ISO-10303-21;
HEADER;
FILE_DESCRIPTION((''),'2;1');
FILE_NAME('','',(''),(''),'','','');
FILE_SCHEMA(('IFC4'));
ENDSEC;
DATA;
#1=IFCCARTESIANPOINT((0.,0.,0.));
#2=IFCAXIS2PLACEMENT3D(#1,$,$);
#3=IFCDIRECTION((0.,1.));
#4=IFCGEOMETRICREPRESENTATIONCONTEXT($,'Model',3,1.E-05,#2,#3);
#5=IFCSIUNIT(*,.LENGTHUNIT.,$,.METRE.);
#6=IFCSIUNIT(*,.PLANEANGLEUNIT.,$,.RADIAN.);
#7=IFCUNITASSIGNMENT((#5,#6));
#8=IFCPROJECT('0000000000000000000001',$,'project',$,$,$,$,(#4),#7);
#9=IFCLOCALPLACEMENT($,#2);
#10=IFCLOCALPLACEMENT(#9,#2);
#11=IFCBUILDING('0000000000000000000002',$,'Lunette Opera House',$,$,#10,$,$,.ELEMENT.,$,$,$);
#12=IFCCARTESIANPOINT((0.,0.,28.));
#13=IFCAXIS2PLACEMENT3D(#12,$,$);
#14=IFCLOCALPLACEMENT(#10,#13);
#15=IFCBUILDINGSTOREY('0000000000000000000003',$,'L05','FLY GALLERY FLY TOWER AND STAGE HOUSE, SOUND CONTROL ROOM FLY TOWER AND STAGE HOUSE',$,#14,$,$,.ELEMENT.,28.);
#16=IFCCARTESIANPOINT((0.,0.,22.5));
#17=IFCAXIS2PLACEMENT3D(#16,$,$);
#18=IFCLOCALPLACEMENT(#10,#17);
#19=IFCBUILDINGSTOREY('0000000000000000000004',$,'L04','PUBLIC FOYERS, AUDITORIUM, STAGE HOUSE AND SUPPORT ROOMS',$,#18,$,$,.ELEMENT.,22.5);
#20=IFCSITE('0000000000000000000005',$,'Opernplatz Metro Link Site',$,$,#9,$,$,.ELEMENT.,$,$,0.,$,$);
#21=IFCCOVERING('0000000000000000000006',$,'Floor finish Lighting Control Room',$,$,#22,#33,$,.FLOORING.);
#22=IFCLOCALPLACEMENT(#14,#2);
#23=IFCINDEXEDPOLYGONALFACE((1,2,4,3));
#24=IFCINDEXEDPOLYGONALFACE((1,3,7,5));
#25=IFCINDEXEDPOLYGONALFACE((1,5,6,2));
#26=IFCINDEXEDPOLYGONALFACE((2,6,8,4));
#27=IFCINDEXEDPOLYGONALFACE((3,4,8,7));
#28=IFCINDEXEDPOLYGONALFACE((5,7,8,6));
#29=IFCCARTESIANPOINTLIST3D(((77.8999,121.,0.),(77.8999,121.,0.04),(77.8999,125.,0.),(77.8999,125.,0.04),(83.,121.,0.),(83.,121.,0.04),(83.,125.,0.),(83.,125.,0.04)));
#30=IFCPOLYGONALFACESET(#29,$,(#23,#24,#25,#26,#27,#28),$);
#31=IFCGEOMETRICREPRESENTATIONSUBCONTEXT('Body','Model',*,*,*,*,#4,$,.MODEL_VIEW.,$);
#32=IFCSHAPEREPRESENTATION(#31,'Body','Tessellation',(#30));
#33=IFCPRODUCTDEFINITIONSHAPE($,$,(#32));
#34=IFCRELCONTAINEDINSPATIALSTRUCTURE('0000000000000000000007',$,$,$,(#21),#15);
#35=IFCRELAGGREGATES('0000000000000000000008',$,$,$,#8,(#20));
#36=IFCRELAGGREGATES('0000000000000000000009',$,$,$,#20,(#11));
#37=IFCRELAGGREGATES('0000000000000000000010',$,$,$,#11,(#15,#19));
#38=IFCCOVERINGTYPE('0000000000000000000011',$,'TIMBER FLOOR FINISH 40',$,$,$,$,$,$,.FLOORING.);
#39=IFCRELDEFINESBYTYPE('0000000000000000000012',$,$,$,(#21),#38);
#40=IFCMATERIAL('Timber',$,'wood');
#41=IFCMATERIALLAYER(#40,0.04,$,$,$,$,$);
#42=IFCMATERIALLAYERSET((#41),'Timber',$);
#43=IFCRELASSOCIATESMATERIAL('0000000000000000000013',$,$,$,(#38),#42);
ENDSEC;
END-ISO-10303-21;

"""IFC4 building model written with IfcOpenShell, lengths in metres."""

from ifc_helpers import new_model, si_unit, direction, frame, origin, place, context, subcontext, project, spatial, polyline, outline, extrude, material, layer, layer_set, type_object, element, save


model = new_model("IFC4")

# Units and contexts
model_context = context("Model", 3, precision=1e-05, world=origin(), true_north=direction((0.0, 1.0)))
body_context = subcontext(model_context, "Body", "Model", "MODEL_VIEW")
ifc_project = project(units=[si_unit("LENGTHUNIT", "METRE"), si_unit("PLANEANGLEUNIT", "RADIAN")], contexts=[model_context])

# Site, building, storey
site_placement = place(None, origin())
site = spatial("IfcSite", under=ifc_project, at=site_placement, Name="Opernplatz Metro Link Site", CompositionType="ELEMENT", RefElevation=0.0)
building_placement = place(site_placement, origin())
building = spatial("IfcBuilding", under=site, at=building_placement, Name="Lunette Opera House", CompositionType="ELEMENT")
storey_1_placement = place(building_placement, frame((0.0, 0.0, 28.0)))
storey_1 = spatial("IfcBuildingStorey", under=building, at=storey_1_placement, Name="L05", Description="FLY GALLERY FLY TOWER AND STAGE HOUSE, SOUND CONTROL ROOM FLY TOWER AND STAGE HOUSE", CompositionType="ELEMENT", Elevation=28.0)

# Shared definitions
storey_2_placement = place(building_placement, frame((0.0, 0.0, 22.5)))
storey_2 = spatial("IfcBuildingStorey", under=building, at=storey_2_placement, Name="L04", Description="PUBLIC FOYERS, AUDITORIUM, STAGE HOUSE AND SUPPORT ROOMS", CompositionType="ELEMENT", Elevation=22.5)

# Covering
ifc_material_1 = material(Name="Timber", Category="wood")
ifc_layer_1 = layer(ifc_material_1, 0.04)
ifc_layer_set_1 = layer_set([ifc_layer_1], Name="Timber")
covering_type_1 = type_object("IfcCoveringType", Name="TIMBER FLOOR FINISH 40", PredefinedType="FLOORING", material=ifc_layer_set_1)
covering_1_placement = place(storey_1_placement, origin())
element("IfcCovering", 1, at=covering_1_placement, inside=storey_1, type_object=covering_type_1, Name="Floor finish Lighting Control Room", PredefinedType="FLOORING", context=body_context, shape_type="SweptSolid", body=[
    extrude(outline(polyline([(77.8999, 125.0), (83.0, 125.0), (83.0, 121.0), (77.8999, 121.0), (77.8999, 125.0)])), origin(), (0.0, 0.0, 1.0), 0.04),
])

save(model, "model.ifc")
